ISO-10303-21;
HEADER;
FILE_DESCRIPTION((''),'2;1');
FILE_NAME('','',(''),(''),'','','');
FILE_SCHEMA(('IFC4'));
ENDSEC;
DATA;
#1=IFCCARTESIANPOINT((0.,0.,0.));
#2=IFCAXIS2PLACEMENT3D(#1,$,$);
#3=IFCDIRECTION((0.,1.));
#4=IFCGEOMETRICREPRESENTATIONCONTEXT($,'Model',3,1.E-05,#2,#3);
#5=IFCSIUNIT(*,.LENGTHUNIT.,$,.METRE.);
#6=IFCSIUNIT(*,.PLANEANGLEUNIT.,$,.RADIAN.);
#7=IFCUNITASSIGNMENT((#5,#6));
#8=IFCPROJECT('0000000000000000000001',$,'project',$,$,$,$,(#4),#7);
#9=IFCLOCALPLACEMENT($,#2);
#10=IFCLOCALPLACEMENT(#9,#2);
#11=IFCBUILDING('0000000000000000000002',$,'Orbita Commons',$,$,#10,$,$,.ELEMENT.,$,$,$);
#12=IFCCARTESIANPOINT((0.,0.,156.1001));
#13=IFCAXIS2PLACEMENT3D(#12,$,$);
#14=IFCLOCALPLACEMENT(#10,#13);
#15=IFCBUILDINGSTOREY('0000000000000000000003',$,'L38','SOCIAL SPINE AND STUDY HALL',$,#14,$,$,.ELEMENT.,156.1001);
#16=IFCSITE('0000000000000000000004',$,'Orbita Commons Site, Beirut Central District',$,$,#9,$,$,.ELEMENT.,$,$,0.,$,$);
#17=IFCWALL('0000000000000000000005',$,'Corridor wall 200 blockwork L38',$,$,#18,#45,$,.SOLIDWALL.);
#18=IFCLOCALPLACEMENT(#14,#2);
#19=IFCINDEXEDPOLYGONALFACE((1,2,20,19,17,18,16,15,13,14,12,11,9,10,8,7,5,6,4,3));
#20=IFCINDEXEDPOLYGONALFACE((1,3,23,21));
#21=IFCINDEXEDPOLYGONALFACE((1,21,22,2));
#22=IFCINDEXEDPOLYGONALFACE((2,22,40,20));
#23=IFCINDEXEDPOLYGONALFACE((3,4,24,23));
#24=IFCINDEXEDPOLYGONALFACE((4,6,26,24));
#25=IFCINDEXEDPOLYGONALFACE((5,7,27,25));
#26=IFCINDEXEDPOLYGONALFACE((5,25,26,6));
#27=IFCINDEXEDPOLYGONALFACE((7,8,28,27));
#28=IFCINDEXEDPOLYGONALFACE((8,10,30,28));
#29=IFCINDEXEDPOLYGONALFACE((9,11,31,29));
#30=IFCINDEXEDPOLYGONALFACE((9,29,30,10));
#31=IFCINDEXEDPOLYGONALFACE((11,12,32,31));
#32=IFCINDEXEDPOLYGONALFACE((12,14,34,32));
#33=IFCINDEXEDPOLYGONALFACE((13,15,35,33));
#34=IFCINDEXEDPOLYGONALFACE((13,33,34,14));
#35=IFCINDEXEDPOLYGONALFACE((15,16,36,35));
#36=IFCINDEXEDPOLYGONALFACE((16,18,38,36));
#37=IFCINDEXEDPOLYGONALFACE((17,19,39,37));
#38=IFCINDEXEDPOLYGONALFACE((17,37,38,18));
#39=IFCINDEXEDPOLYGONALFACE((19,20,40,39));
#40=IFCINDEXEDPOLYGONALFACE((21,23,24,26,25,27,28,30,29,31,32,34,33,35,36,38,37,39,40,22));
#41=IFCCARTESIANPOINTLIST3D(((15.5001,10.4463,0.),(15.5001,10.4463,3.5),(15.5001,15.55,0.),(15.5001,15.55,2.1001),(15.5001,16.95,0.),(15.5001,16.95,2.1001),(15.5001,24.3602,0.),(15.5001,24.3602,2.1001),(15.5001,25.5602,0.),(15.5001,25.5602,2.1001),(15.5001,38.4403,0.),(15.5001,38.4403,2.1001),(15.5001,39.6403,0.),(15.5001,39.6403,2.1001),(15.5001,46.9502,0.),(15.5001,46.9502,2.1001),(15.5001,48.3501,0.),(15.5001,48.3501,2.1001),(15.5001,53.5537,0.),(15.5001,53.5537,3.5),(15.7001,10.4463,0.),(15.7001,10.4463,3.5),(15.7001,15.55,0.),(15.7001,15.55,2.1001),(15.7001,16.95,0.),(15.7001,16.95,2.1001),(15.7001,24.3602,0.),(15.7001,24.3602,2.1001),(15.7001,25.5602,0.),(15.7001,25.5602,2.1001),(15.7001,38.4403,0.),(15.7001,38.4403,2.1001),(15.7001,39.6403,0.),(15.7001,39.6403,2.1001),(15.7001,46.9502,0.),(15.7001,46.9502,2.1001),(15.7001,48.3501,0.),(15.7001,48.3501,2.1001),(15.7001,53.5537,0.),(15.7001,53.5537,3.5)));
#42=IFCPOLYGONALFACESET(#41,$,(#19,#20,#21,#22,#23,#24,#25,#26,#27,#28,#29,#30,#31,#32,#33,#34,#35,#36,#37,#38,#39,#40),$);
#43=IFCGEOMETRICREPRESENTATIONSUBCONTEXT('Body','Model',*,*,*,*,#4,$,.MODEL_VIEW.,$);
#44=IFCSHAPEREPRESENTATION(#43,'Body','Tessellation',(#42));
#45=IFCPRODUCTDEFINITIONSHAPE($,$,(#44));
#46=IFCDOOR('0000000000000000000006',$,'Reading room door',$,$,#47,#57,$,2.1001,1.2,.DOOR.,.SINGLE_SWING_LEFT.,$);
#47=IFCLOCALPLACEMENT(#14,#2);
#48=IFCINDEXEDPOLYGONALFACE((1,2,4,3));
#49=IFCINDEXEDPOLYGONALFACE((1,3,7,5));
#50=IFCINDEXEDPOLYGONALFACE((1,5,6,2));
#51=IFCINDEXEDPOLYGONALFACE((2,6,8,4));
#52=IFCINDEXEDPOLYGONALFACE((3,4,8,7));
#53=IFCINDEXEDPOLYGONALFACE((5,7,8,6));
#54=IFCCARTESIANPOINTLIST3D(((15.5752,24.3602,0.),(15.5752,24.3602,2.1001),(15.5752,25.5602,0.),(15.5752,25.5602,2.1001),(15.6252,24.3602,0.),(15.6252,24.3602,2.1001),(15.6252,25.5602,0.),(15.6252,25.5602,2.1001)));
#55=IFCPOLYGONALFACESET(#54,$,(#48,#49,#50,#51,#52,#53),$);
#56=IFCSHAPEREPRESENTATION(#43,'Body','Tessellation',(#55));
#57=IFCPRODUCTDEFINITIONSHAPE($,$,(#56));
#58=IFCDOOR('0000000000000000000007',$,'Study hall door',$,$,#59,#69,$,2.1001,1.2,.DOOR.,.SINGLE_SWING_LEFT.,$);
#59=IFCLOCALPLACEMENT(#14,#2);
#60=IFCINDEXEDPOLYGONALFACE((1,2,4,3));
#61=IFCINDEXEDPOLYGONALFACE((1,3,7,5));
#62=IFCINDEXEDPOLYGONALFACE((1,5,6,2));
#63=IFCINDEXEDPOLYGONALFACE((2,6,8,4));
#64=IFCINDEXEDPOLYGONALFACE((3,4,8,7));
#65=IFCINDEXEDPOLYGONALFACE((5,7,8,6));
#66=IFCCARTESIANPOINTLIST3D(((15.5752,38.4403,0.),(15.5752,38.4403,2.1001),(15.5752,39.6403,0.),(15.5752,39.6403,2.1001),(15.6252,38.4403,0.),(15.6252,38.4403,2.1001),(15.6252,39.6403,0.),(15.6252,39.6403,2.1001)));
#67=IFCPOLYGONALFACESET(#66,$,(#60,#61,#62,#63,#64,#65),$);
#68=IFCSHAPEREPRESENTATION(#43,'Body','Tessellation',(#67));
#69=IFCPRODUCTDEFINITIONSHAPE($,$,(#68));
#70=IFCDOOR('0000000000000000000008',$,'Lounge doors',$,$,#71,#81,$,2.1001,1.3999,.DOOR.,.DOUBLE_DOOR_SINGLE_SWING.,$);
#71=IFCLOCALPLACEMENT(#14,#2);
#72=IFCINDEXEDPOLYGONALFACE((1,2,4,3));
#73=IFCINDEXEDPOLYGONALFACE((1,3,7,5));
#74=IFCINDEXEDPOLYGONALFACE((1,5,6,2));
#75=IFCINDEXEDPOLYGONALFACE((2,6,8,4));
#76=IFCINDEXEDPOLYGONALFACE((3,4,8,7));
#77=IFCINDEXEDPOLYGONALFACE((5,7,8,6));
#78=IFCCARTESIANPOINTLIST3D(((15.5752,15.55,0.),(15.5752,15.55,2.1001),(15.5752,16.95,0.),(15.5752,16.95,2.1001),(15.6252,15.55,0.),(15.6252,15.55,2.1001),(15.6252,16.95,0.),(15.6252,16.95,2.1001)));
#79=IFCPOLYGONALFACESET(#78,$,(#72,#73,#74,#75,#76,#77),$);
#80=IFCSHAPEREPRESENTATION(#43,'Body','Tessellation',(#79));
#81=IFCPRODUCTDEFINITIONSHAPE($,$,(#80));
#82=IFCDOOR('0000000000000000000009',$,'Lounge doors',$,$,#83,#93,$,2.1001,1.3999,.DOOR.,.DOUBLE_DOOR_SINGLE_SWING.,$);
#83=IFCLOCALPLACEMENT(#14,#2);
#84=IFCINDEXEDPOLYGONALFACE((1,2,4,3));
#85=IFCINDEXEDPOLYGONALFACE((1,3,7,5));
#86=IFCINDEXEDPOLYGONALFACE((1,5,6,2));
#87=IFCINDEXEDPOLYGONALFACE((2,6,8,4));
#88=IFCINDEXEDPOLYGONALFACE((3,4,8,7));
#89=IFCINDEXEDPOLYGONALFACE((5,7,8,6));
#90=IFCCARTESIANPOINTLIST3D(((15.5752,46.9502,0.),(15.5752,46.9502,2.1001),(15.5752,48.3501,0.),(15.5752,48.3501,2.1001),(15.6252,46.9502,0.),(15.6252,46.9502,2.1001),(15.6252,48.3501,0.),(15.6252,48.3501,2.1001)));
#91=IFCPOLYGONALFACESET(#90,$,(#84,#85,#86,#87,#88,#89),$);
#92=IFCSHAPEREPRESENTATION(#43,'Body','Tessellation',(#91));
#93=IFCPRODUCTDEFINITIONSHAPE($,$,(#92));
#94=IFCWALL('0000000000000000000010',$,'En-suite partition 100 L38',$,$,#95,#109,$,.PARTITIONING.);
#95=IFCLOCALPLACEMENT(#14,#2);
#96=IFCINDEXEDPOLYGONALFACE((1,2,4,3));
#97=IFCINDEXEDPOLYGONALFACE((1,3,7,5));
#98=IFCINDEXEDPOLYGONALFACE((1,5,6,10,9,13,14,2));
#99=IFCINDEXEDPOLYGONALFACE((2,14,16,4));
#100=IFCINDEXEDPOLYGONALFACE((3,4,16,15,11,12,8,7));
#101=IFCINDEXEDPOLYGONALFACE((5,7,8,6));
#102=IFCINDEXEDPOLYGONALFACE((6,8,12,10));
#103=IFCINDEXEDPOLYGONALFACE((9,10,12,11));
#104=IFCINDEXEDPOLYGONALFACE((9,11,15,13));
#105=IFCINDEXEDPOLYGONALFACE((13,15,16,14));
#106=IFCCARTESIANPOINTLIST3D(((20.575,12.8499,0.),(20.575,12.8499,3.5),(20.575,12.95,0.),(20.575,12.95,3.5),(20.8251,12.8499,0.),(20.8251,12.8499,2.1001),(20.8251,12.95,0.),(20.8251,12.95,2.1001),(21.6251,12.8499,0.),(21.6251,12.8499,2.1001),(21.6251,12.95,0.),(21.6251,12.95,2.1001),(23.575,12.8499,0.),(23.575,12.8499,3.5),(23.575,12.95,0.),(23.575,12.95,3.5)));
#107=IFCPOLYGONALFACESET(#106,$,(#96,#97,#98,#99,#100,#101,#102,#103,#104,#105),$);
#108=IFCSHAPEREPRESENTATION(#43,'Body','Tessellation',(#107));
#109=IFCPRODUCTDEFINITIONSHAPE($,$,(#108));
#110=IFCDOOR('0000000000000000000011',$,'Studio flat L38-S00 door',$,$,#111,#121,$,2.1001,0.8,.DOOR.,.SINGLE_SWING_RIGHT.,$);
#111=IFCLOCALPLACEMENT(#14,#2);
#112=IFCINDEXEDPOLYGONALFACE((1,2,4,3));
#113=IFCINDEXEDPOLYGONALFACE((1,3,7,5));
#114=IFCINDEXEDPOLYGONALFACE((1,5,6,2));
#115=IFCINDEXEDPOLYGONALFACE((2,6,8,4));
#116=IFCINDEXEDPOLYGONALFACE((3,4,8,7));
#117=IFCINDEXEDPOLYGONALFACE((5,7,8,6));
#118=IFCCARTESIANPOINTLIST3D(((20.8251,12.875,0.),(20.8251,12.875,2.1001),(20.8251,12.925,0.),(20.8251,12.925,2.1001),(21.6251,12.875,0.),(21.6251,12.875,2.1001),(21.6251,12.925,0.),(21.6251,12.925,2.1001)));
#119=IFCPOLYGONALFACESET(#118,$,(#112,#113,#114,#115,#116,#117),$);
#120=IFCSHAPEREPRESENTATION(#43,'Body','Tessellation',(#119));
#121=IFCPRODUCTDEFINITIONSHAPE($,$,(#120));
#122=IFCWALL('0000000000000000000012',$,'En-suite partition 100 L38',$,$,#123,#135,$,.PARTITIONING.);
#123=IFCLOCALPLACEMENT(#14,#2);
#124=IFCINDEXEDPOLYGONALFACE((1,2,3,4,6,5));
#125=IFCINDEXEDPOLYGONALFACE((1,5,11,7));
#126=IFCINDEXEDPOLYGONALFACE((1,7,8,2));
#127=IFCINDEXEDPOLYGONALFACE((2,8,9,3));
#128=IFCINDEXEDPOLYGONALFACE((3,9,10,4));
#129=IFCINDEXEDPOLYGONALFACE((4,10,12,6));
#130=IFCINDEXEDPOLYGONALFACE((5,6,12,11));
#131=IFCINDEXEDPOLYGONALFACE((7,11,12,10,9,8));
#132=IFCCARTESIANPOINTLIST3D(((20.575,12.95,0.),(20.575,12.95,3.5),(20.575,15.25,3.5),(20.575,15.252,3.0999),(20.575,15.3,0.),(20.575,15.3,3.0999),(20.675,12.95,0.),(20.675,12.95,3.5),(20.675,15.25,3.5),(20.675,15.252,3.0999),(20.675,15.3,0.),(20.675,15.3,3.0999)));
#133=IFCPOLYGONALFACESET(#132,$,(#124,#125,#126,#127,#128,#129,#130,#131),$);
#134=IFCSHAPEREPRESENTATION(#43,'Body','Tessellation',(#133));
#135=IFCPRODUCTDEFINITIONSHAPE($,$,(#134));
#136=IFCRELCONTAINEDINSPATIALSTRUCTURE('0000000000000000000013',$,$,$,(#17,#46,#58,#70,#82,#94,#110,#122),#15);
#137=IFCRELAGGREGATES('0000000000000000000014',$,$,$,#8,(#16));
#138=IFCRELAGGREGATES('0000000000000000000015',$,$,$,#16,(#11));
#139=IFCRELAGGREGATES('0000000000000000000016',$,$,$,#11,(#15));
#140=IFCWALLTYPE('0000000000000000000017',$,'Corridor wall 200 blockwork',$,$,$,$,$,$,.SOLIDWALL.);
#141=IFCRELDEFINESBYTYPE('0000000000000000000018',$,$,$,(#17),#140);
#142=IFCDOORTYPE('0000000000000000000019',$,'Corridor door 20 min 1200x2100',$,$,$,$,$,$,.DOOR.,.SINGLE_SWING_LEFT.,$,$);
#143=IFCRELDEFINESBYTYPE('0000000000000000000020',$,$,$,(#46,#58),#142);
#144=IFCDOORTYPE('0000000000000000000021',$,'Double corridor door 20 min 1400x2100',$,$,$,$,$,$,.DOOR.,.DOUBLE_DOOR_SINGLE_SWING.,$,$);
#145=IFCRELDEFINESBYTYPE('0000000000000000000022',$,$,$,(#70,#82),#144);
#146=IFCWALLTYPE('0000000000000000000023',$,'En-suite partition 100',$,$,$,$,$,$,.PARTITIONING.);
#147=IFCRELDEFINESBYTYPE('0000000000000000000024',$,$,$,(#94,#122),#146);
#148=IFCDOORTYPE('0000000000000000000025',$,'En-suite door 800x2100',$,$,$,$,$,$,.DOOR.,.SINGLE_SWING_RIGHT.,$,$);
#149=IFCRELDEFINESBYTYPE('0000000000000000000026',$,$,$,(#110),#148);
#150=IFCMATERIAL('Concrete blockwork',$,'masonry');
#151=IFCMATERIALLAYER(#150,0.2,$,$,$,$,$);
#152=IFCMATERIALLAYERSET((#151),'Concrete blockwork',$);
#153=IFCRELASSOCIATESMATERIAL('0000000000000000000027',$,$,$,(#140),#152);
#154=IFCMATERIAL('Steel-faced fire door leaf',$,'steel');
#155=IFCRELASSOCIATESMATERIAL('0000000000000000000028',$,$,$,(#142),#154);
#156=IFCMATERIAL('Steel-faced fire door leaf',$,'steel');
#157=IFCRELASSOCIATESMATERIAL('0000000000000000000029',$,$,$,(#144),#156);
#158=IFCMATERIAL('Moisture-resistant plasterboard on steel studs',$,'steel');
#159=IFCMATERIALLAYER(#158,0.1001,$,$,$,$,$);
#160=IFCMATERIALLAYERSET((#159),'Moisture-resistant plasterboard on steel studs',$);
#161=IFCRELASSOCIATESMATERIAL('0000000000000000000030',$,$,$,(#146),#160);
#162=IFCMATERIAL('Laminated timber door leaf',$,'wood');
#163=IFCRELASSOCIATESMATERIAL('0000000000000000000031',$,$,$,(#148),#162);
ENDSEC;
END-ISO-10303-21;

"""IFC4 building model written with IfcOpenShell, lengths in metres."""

from ifc_helpers import new_model, si_unit, direction, frame, frame_2d, origin, place, context, subcontext, project, spatial, polyline, rectangle, outline, extrude, material, layer, layer_set, type_object, element, fill, save


model = new_model("IFC4")

# Units and contexts
model_context = context("Model", 3, precision=1e-05, world=origin(), true_north=direction((0.0, 1.0)))
body_context = subcontext(model_context, "Body", "Model", "MODEL_VIEW")
ifc_project = project(units=[si_unit("LENGTHUNIT", "METRE"), si_unit("PLANEANGLEUNIT", "RADIAN")], contexts=[model_context])

# Site, building, storey
site_placement = place(None, origin())
site = spatial("IfcSite", under=ifc_project, at=site_placement, Name="Orbita Commons Site, Beirut Central District", CompositionType="ELEMENT", RefElevation=0.0)
building_placement = place(site_placement, origin())
building = spatial("IfcBuilding", under=site, at=building_placement, Name="Orbita Commons", CompositionType="ELEMENT")
storey_placement = place(building_placement, frame((0.0, 0.0, 156.1001)))
storey = spatial("IfcBuildingStorey", under=building, at=storey_placement, Name="L38", Description="SOCIAL SPINE AND STUDY HALL", CompositionType="ELEMENT", Elevation=156.1001)

# Shared definitions
ifc_material_1 = material(Name="Concrete blockwork", Category="masonry")
ifc_layer_1 = layer(ifc_material_1, 0.2)
ifc_layer_set_1 = layer_set([ifc_layer_1], Name="Concrete blockwork")
wall_type_1 = type_object("IfcWallType", Name="Corridor wall 200 blockwork", PredefinedType="SOLIDWALL", material=ifc_layer_set_1)

# Wall, openings, doors
wall_1_placement = place(storey_placement, frame((15.6001, 10.4463, 0.0), z_axis=(0.0, 0.0, 1.0), x_axis=(0.0, 1.0, 0.0)))
wall_1 = element("IfcWall", 1, at=wall_1_placement, inside=storey, type_object=wall_type_1, Name="Corridor wall 200 blockwork L38", PredefinedType="SOLIDWALL", context=body_context, shape_type="SweptSolid", body=[
    extrude(rectangle(XDim=43.1074, YDim=0.2, at=frame_2d((21.5537, 0.0))), origin(), (0.0, 0.0, 1.0), 3.5),
])
opening_1_placement = place(wall_1_placement, frame((13.9138, 0.0, 0.0)))
opening_1 = element("IfcOpeningElement", 2, at=opening_1_placement, cuts=wall_1, PredefinedType="OPENING", context=body_context, shape_type="SweptSolid", body=[
    extrude(rectangle(XDim=1.2, YDim=2.1001, at=frame_2d((0.6001, 1.05))), frame((0.0, 0.1099, 0.0), z_axis=(0.0, -1.0, 0.0), x_axis=(1.0, 0.0, 0.0)), (0.0, 0.0, 1.0), 0.22),
])
opening_2_placement = place(wall_1_placement, frame((27.9939, 0.0, 0.0)))
opening_2 = element("IfcOpeningElement", 3, at=opening_2_placement, cuts=wall_1, PredefinedType="OPENING", context=body_context, shape_type="SweptSolid", body=[
    extrude(rectangle(XDim=1.2, YDim=2.1001, at=frame_2d((0.6001, 1.05))), frame((0.0, 0.1099, 0.0), z_axis=(0.0, -1.0, 0.0), x_axis=(1.0, 0.0, 0.0)), (0.0, 0.0, 1.0), 0.22),
])
opening_3_placement = place(wall_1_placement, frame((5.1038, 0.0, 0.0)))
opening_3 = element("IfcOpeningElement", 4, at=opening_3_placement, cuts=wall_1, PredefinedType="OPENING", context=body_context, shape_type="SweptSolid", body=[
    extrude(rectangle(XDim=1.3999, YDim=2.1001, at=frame_2d((0.7, 1.05))), frame((0.0, 0.1099, 0.0), z_axis=(0.0, -1.0, 0.0), x_axis=(1.0, 0.0, 0.0)), (0.0, 0.0, 1.0), 0.22),
])
opening_4_placement = place(wall_1_placement, frame((36.5039, 0.0, 0.0)))
opening_4 = element("IfcOpeningElement", 5, at=opening_4_placement, cuts=wall_1, PredefinedType="OPENING", context=body_context, shape_type="SweptSolid", body=[
    extrude(rectangle(XDim=1.3999, YDim=2.1001, at=frame_2d((0.7, 1.05))), frame((0.0, 0.1099, 0.0), z_axis=(0.0, -1.0, 0.0), x_axis=(1.0, 0.0, 0.0)), (0.0, 0.0, 1.0), 0.22),
])
ifc_material_2 = material(Name="Steel-faced fire door leaf", Category="steel")
door_type_1 = type_object("IfcDoorType", Name="Corridor door 20 min 1200x2100", OperationType="SINGLE_SWING_LEFT", PredefinedType="DOOR", material=ifc_material_2)
door_1_placement = place(opening_1_placement, origin())
door_1 = element("IfcDoor", 6, at=door_1_placement, inside=storey, type_object=door_type_1, Name="Reading room door", OperationType="SINGLE_SWING_LEFT", OverallHeight=2.1001, OverallWidth=1.2, PredefinedType="DOOR", context=body_context, shape_type="SweptSolid", body=[
    extrude(rectangle(XDim=1.2, YDim=2.1001, at=frame_2d((0.6001, 1.05))), frame((0.0, 0.0249, 0.0), z_axis=(0.0, -1.0, 0.0), x_axis=(1.0, 0.0, 0.0)), (0.0, 0.0, 1.0), 0.05),
])
fill(opening_1, door_1)
door_2_placement = place(opening_2_placement, origin())
door_2 = element("IfcDoor", 7, at=door_2_placement, inside=storey, type_object=door_type_1, Name="Study hall door", OperationType="SINGLE_SWING_LEFT", OverallHeight=2.1001, OverallWidth=1.2, PredefinedType="DOOR", context=body_context, shape_type="SweptSolid", body=[
    extrude(rectangle(XDim=1.2, YDim=2.1001, at=frame_2d((0.6001, 1.05))), frame((0.0, 0.0249, 0.0), z_axis=(0.0, -1.0, 0.0), x_axis=(1.0, 0.0, 0.0)), (0.0, 0.0, 1.0), 0.05),
])
fill(opening_2, door_2)
ifc_material_3 = material(Name="Steel-faced fire door leaf", Category="steel")
door_type_2 = type_object("IfcDoorType", Name="Double corridor door 20 min 1400x2100", OperationType="DOUBLE_DOOR_SINGLE_SWING", PredefinedType="DOOR", material=ifc_material_3)
door_3_placement = place(opening_3_placement, origin())
door_3 = element("IfcDoor", 8, at=door_3_placement, inside=storey, type_object=door_type_2, Name="Lounge doors", OperationType="DOUBLE_DOOR_SINGLE_SWING", OverallHeight=2.1001, OverallWidth=1.3999, PredefinedType="DOOR", context=body_context, shape_type="SweptSolid", body=[
    extrude(rectangle(XDim=1.3999, YDim=2.1001, at=frame_2d((0.7, 1.05))), frame((0.0, 0.0249, 0.0), z_axis=(0.0, -1.0, 0.0), x_axis=(1.0, 0.0, 0.0)), (0.0, 0.0, 1.0), 0.05),
])
fill(opening_3, door_3)
door_4_placement = place(opening_4_placement, origin())
door_4 = element("IfcDoor", 9, at=door_4_placement, inside=storey, type_object=door_type_2, Name="Lounge doors", OperationType="DOUBLE_DOOR_SINGLE_SWING", OverallHeight=2.1001, OverallWidth=1.3999, PredefinedType="DOOR", context=body_context, shape_type="SweptSolid", body=[
    extrude(rectangle(XDim=1.3999, YDim=2.1001, at=frame_2d((0.7, 1.05))), frame((0.0, 0.0249, 0.0), z_axis=(0.0, -1.0, 0.0), x_axis=(1.0, 0.0, 0.0)), (0.0, 0.0, 1.0), 0.05),
])
fill(opening_4, door_4)

# Wall, opening, door
ifc_material_4 = material(Name="Moisture-resistant plasterboard on steel studs", Category="steel")
ifc_layer_2 = layer(ifc_material_4, 0.1001)
ifc_layer_set_2 = layer_set([ifc_layer_2], Name="Moisture-resistant plasterboard on steel studs")
wall_type_2 = type_object("IfcWallType", Name="En-suite partition 100", PredefinedType="PARTITIONING", material=ifc_layer_set_2)
wall_2_placement = place(storey_placement, frame((23.575, 12.8999, 0.0), z_axis=(0.0, 0.0, 1.0), x_axis=(-1.0, 0.0, 0.0)))
wall_2 = element("IfcWall", 10, at=wall_2_placement, inside=storey, type_object=wall_type_2, Name="En-suite partition 100 L38", PredefinedType="PARTITIONING", context=body_context, shape_type="SweptSolid", body=[
    extrude(rectangle(XDim=3.0, YDim=0.1001, at=frame_2d((1.5, 0.0))), origin(), (0.0, 0.0, 1.0), 3.5),
])
opening_5_placement = place(wall_2_placement, frame((1.95, 0.0, 0.0)))
opening_5 = element("IfcOpeningElement", 11, at=opening_5_placement, cuts=wall_2, PredefinedType="OPENING", context=body_context, shape_type="SweptSolid", body=[
    extrude(rectangle(XDim=0.8, YDim=2.1001, at=frame_2d((0.3999, 1.05))), frame((0.0, 0.0601, 0.0), z_axis=(0.0, -1.0, 0.0), x_axis=(1.0, 0.0, 0.0)), (0.0, 0.0, 1.0), 0.1201),
])
ifc_material_5 = material(Name="Laminated timber door leaf", Category="wood")
door_type_3 = type_object("IfcDoorType", Name="En-suite door 800x2100", OperationType="SINGLE_SWING_RIGHT", PredefinedType="DOOR", material=ifc_material_5)
door_5_placement = place(opening_5_placement, origin())
door_5 = element("IfcDoor", 12, at=door_5_placement, inside=storey, type_object=door_type_3, Name="Studio flat L38-S00 door", OperationType="SINGLE_SWING_RIGHT", OverallHeight=2.1001, OverallWidth=0.8, PredefinedType="DOOR", context=body_context, shape_type="SweptSolid", body=[
    extrude(rectangle(XDim=0.8, YDim=2.1001, at=frame_2d((0.3999, 1.05))), frame((0.0, 0.0249, 0.0), z_axis=(0.0, -1.0, 0.0), x_axis=(1.0, 0.0, 0.0)), (0.0, 0.0, 1.0), 0.05),
])
fill(opening_5, door_5)

# Wall
wall_3_placement = place(storey_placement, frame((20.625, 12.95, 0.0), z_axis=(0.0, 0.0, 1.0), x_axis=(0.0, 1.0, 0.0)))
element("IfcWall", 13, at=wall_3_placement, inside=storey, type_object=wall_type_2, Name="En-suite partition 100 L38", PredefinedType="PARTITIONING", context=body_context, shape_type="SweptSolid", body=[
    extrude(outline(polyline([(0.0, 0.0), (2.3501, 0.0), (2.3501, 3.0999), (2.302, 3.0999), (2.3, 3.5), (0.0, 3.5), (0.0, 0.0)])), frame((0.0, 0.05, 0.0), z_axis=(0.0, -1.0, 0.0), x_axis=(1.0, 0.0, 0.0)), (0.0, 0.0, 1.0), 0.1001),
])

save(model, "model.ifc")
